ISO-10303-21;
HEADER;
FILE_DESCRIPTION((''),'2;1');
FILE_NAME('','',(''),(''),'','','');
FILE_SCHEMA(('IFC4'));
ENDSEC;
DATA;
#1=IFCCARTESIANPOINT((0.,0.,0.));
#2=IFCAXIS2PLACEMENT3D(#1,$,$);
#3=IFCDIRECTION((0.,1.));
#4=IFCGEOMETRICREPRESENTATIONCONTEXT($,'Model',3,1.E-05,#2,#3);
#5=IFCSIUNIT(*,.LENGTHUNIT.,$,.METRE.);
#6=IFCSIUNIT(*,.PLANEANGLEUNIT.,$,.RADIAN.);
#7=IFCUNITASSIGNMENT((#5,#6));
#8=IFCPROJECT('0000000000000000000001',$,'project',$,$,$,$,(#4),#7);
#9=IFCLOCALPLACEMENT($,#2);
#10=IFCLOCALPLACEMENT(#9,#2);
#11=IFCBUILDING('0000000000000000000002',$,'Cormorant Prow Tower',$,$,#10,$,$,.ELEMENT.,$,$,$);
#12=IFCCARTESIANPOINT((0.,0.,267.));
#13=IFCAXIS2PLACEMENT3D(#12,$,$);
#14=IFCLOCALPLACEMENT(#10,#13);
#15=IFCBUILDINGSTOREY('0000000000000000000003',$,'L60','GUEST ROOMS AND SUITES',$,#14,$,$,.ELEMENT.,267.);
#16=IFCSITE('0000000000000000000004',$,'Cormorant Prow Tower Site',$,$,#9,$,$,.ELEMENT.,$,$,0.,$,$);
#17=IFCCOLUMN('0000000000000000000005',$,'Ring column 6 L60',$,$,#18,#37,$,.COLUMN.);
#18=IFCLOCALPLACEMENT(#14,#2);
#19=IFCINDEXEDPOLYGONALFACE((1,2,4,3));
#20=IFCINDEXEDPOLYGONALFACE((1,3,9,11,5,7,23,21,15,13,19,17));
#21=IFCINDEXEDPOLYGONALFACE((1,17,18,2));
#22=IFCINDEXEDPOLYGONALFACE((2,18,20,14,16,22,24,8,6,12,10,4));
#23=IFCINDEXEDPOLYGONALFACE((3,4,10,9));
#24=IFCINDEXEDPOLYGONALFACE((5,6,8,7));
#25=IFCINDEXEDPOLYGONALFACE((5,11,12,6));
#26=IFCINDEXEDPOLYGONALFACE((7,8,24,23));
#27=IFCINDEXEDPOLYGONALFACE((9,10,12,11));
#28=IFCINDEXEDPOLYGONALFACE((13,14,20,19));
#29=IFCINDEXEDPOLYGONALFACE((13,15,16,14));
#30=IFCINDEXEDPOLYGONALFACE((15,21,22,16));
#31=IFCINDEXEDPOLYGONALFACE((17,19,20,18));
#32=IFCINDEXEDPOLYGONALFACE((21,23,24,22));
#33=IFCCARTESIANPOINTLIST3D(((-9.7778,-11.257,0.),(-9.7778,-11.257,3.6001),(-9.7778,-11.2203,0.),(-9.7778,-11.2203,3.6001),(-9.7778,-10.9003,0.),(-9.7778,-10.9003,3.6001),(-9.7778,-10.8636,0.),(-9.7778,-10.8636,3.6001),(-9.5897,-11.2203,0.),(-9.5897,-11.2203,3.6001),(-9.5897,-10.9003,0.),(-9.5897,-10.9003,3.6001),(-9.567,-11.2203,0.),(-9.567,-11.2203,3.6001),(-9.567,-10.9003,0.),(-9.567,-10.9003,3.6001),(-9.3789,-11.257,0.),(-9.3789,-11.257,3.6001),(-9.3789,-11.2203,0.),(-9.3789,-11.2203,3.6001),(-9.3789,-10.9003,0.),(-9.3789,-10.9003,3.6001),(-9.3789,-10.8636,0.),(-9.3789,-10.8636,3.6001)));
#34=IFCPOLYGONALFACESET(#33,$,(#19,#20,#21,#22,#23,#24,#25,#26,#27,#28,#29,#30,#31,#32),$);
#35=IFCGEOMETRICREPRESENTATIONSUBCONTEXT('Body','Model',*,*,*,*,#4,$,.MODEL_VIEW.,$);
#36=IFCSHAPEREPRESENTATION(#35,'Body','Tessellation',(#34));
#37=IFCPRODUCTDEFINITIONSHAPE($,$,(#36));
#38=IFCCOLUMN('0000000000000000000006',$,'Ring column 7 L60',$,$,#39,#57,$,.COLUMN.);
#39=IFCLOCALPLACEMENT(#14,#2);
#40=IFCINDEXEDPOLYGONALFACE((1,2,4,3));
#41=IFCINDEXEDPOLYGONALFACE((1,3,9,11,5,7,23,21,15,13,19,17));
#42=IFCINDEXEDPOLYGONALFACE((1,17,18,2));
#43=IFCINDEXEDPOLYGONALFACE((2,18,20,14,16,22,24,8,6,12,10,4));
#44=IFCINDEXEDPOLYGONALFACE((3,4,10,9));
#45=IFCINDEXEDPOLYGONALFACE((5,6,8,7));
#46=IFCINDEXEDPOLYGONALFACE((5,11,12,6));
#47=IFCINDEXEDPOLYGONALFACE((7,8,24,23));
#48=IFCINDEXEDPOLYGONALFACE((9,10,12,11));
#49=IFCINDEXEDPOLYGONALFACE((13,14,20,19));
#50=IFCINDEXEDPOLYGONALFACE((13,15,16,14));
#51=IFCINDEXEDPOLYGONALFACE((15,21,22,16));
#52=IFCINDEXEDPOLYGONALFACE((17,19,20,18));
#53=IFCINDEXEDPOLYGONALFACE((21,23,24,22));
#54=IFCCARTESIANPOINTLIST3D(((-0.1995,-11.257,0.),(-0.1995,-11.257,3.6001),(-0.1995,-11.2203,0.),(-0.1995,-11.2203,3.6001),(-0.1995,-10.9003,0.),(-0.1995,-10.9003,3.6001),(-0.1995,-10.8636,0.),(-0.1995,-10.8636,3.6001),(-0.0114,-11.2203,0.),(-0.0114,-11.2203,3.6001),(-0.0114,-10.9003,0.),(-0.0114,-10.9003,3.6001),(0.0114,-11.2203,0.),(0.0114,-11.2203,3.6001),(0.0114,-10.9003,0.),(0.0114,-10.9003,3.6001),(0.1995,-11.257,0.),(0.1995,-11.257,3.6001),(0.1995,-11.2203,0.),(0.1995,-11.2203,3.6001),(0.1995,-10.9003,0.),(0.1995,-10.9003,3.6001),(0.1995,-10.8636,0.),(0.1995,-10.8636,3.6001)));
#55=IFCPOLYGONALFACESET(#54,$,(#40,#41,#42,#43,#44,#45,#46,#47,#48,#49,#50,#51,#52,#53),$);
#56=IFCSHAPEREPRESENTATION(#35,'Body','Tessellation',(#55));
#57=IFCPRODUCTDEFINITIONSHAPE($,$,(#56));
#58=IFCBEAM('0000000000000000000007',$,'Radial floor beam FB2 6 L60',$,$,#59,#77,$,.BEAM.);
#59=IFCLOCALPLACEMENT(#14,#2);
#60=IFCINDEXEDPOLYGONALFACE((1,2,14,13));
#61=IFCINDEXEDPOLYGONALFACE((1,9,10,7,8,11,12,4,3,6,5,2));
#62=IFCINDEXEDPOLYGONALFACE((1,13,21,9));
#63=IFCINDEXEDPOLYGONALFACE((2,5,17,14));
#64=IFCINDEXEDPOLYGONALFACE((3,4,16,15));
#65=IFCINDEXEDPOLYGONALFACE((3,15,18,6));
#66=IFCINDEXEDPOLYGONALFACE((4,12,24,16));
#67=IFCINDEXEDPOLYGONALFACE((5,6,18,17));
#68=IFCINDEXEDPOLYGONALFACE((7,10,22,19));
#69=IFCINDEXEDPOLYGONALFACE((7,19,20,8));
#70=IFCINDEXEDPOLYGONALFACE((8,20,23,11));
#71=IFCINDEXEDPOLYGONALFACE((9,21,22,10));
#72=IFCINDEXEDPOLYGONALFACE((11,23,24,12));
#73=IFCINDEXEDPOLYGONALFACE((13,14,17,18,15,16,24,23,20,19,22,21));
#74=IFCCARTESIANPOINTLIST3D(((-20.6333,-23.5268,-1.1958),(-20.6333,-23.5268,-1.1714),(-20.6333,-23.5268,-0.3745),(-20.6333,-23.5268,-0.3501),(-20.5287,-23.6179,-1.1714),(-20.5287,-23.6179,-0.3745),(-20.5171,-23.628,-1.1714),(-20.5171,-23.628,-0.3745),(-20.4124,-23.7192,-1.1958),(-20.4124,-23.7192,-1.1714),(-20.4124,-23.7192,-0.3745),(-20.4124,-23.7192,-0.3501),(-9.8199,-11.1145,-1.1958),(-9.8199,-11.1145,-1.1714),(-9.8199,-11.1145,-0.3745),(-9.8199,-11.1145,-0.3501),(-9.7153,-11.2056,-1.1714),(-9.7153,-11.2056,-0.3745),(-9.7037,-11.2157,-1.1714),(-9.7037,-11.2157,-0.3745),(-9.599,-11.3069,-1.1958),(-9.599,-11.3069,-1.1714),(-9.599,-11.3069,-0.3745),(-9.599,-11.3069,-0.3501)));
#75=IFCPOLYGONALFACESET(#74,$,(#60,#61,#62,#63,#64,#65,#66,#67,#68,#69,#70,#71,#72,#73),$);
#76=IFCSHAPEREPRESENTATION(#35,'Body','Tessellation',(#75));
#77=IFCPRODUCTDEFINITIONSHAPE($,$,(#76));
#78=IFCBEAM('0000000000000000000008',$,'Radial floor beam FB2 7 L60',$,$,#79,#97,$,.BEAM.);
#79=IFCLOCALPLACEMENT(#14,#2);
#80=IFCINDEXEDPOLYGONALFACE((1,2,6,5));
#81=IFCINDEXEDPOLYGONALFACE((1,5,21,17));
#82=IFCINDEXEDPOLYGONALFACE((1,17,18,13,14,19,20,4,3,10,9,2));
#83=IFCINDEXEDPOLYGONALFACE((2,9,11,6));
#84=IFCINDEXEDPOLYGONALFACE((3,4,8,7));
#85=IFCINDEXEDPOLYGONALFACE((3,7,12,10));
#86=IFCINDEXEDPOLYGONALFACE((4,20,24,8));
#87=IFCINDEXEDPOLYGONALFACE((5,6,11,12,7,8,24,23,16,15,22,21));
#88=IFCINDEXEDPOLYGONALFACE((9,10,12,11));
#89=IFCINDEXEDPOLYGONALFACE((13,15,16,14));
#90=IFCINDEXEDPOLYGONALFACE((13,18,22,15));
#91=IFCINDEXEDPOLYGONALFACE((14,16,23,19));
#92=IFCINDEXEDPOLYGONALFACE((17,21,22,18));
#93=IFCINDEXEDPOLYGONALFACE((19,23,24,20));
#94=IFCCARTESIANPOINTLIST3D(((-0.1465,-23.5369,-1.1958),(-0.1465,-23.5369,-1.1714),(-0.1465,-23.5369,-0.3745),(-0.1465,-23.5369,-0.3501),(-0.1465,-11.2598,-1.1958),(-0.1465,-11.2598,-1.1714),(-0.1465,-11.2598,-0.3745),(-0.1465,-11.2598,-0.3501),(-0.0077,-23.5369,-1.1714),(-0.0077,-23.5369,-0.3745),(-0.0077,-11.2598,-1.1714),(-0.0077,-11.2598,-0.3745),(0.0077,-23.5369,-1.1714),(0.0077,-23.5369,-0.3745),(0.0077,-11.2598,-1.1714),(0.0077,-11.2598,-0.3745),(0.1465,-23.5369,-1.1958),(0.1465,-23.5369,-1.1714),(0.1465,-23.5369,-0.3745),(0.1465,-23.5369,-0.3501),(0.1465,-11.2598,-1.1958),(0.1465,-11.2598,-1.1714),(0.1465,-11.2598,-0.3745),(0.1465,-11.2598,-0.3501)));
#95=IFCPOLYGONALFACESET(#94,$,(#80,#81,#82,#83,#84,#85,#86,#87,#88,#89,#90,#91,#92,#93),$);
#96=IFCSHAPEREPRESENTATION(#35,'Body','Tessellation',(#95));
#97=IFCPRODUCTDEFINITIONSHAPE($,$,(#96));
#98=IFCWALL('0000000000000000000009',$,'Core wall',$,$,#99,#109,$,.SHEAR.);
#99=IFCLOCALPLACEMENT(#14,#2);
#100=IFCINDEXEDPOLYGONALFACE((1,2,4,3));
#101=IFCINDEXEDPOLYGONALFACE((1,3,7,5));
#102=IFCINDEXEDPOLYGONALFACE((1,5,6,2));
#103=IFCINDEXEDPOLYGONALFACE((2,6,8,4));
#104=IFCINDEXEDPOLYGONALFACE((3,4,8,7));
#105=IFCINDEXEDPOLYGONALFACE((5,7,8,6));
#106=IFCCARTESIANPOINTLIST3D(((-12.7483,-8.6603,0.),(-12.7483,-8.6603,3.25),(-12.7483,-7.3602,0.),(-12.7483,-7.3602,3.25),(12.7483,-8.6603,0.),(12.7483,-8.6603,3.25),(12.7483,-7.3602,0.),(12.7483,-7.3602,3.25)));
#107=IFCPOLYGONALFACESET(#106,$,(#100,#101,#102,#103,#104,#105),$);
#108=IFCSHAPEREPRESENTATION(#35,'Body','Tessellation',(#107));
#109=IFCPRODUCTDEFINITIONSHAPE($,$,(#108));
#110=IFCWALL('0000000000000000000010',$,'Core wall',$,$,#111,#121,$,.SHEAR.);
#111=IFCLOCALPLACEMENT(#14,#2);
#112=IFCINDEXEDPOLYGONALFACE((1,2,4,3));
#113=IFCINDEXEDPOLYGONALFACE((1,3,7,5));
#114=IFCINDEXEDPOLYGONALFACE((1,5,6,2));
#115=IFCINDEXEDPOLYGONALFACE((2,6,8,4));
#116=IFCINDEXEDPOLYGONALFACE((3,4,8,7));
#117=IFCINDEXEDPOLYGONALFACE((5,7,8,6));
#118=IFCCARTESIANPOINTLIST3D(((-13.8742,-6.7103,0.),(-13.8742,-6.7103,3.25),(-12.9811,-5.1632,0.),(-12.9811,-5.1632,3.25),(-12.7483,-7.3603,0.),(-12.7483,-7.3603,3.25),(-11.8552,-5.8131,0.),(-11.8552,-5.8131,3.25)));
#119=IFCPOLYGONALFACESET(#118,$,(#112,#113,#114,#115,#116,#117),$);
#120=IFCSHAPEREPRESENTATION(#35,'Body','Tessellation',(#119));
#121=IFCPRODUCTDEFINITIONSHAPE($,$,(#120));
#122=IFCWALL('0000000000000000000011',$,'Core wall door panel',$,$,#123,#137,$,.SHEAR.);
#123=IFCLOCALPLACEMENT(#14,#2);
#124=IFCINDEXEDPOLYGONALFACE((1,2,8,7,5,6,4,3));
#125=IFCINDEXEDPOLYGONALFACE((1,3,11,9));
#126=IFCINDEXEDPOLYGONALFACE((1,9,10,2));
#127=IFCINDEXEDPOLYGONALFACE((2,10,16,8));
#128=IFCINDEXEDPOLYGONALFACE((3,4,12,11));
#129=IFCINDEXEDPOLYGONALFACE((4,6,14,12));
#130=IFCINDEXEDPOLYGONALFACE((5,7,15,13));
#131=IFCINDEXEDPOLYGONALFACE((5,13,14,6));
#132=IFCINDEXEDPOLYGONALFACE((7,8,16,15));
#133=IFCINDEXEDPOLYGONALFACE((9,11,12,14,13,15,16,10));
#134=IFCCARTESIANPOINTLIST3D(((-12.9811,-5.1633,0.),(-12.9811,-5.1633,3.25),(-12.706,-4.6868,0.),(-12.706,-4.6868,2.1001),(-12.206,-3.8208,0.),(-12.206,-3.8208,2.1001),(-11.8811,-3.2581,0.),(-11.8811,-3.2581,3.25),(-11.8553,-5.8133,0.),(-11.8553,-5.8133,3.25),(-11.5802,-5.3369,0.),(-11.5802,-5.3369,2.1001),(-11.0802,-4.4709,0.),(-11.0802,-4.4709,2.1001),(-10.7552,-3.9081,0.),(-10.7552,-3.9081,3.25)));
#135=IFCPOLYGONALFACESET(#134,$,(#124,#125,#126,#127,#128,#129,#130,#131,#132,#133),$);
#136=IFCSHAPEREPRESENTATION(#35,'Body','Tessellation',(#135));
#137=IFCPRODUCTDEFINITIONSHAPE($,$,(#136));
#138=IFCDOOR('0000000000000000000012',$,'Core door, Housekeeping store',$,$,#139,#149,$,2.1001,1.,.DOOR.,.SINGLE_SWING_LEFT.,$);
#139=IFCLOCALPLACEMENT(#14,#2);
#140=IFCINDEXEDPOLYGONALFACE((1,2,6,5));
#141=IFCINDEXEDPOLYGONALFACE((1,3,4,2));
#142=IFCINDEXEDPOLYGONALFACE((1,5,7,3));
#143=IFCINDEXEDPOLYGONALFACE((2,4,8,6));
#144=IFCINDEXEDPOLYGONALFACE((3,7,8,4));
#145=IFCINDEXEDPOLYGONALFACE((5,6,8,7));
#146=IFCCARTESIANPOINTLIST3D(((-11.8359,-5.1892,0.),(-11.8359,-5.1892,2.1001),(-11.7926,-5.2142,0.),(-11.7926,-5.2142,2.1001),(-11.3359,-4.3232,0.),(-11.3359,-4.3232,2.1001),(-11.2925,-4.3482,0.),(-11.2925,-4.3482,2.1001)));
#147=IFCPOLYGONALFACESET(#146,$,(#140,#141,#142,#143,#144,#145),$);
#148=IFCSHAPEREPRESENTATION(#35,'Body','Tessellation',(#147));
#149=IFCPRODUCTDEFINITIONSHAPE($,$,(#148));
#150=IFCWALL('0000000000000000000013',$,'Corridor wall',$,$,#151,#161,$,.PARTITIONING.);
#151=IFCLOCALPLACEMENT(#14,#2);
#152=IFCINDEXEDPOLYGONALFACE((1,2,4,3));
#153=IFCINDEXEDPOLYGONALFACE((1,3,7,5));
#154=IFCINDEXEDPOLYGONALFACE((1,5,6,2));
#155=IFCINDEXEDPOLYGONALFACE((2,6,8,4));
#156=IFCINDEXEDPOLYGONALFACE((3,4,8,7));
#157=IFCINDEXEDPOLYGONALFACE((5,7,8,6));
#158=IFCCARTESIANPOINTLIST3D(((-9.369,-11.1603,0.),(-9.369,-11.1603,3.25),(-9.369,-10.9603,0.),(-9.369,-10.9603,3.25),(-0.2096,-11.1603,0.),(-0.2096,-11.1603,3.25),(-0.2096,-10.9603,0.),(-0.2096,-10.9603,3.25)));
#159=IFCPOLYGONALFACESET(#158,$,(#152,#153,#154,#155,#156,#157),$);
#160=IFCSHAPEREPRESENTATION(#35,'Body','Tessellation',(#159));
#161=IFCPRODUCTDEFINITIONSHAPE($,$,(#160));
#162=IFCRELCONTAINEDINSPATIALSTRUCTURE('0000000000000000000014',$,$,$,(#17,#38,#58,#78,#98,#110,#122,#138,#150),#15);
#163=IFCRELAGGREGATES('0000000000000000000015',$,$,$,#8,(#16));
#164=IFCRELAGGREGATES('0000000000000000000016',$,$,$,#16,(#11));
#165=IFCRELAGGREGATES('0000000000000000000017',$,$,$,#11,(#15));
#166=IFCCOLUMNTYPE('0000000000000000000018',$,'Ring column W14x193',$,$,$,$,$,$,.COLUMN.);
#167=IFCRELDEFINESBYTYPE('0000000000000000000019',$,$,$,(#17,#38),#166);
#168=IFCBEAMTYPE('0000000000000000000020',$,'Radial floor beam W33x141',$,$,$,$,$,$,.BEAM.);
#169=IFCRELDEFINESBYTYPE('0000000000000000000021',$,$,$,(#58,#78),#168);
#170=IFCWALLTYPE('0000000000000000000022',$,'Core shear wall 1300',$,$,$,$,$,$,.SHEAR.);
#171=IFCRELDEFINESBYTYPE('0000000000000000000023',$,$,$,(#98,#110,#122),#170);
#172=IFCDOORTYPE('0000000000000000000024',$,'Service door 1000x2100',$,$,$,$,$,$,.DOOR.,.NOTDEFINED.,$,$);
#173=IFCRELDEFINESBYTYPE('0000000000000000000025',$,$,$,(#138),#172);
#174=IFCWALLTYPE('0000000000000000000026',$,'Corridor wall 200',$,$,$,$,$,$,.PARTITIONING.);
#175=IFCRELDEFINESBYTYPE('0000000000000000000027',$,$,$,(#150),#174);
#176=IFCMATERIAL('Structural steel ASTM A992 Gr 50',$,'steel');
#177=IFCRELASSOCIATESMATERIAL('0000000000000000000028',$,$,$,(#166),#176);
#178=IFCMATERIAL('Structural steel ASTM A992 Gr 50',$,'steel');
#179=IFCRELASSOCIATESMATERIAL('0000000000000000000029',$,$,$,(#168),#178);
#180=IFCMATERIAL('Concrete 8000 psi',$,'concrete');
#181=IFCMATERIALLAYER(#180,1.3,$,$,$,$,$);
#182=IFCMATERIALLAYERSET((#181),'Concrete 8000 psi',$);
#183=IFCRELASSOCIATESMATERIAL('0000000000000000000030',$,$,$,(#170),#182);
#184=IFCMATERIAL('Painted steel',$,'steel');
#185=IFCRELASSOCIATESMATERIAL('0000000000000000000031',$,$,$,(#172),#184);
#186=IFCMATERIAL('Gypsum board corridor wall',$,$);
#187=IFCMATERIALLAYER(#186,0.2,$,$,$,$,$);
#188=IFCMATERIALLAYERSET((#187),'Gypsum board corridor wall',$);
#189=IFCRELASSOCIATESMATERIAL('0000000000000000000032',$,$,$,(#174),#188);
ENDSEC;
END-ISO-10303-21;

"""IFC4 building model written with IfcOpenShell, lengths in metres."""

from ifc_helpers import new_model, si_unit, direction, frame, frame_2d, origin, origin_2d, place, context, subcontext, project, spatial, rectangle, i_section, extrude, material, layer, layer_set, material_profile, profile_set, type_object, element, fill, save


model = new_model("IFC4")

# Units and contexts
model_context = context("Model", 3, precision=1e-05, world=origin(), true_north=direction((0.0, 1.0)))
body_context = subcontext(model_context, "Body", "Model", "MODEL_VIEW")
ifc_project = project(units=[si_unit("LENGTHUNIT", "METRE"), si_unit("PLANEANGLEUNIT", "RADIAN")], contexts=[model_context])

# Site, building, storey
site_placement = place(None, origin())
site = spatial("IfcSite", under=ifc_project, at=site_placement, Name="Cormorant Prow Tower Site", CompositionType="ELEMENT", RefElevation=0.0)
building_placement = place(site_placement, origin())
building = spatial("IfcBuilding", under=site, at=building_placement, Name="Cormorant Prow Tower", CompositionType="ELEMENT")
storey_placement = place(building_placement, frame((0.0, 0.0, 267.0)))
storey = spatial("IfcBuildingStorey", under=building, at=storey_placement, Name="L60", Description="GUEST ROOMS AND SUITES", CompositionType="ELEMENT", Elevation=267.0)

# Columns
ifc_material_1 = material(Name="Structural steel ASTM A992 Gr 50", Category="steel")
ifc_material_profile_1 = material_profile(ifc_material_1, i_section(OverallWidth=0.3989, OverallDepth=0.3933, WebThickness=0.0227, FlangeThickness=0.0366, at=origin_2d()), Name="W14x193")
ifc_profile_set_1 = profile_set([ifc_material_profile_1], Name="Structural steel ASTM A992 Gr 50")
column_type = type_object("IfcColumnType", Name="Ring column W14x193", PredefinedType="COLUMN", material=ifc_profile_set_1)
for number, where, z_axis, x_axis, name in (
    (1, (-9.5784, -11.0603, 0.0), (0.0, 0.0, 1.0), (1.0, 0.0, 0.0), "Ring column 6 L60"),
    (2, (0.0, -11.0603, 0.0), (0.0, 0.0, 1.0), (1.0, 0.0, 0.0), "Ring column 7 L60"),
):
    element("IfcColumn", number, at=place(storey_placement, frame(where, z_axis=z_axis, x_axis=x_axis)), inside=storey, type_object=column_type, Name=name, PredefinedType="COLUMN", context=body_context, shape_type="SweptSolid", body=[
        extrude(i_section(OverallWidth=0.3989, OverallDepth=0.3933, WebThickness=0.0227, FlangeThickness=0.0366, at=origin_2d()), origin(), (0.0, 0.0, 1.0), 3.6001),
    ])

# Beams
ifc_material_2 = material(Name="Structural steel ASTM A992 Gr 50", Category="steel")
ifc_material_profile_2 = material_profile(ifc_material_2, i_section(OverallWidth=0.293, OverallDepth=0.8457, WebThickness=0.0154, FlangeThickness=0.0244, at=origin_2d()), Name="W33x141")
ifc_profile_set_2 = profile_set([ifc_material_profile_2], Name="Structural steel ASTM A992 Gr 50")
beam_type = type_object("IfcBeamType", Name="Radial floor beam W33x141", PredefinedType="BEAM", material=ifc_profile_set_2)
beam_1_placement = place(storey_placement, frame((-9.7095, -11.2107, -0.7729), z_axis=(-0.656875, -0.754, 0.0), x_axis=(0.754, -0.656875, 0.0)))
element("IfcBeam", 3, at=beam_1_placement, inside=storey, type_object=beam_type, Name="Radial floor beam FB2 6 L60", PredefinedType="BEAM", context=body_context, shape_type="SweptSolid", body=[
    extrude(i_section(OverallWidth=0.293, OverallDepth=0.8457, WebThickness=0.0154, FlangeThickness=0.0244, at=origin_2d()), origin(), (0.0, 0.0, 1.0), 16.4619),
])
beam_2_placement = place(storey_placement, frame((0.0, -11.2598, -0.7729), z_axis=(0.0, -1.0, 0.0), x_axis=(1.0, 0.0, 0.0)))
element("IfcBeam", 4, at=beam_2_placement, inside=storey, type_object=beam_type, Name="Radial floor beam FB2 7 L60", PredefinedType="BEAM", context=body_context, shape_type="SweptSolid", body=[
    extrude(i_section(OverallWidth=0.293, OverallDepth=0.8457, WebThickness=0.0154, FlangeThickness=0.0244, at=origin_2d()), origin(), (0.0, 0.0, 1.0), 12.2771),
])

# Walls
ifc_material_3 = material(Name="Concrete 8000 psi", Category="concrete")
ifc_layer_1 = layer(ifc_material_3, 1.3)
ifc_layer_set_1 = layer_set([ifc_layer_1], Name="Concrete 8000 psi")
wall_type_1 = type_object("IfcWallType", Name="Core shear wall 1300", PredefinedType="SHEAR", material=ifc_layer_set_1)
wall_1_placement = place(storey_placement, frame((-12.7483, -8.0103, 0.0), z_axis=(0.0, 0.0, 1.0), x_axis=(1.0, 0.0, 0.0)))
element("IfcWall", 5, at=wall_1_placement, inside=storey, type_object=wall_type_1, Name="Core wall", PredefinedType="SHEAR", context=body_context, shape_type="SweptSolid", body=[
    extrude(rectangle(XDim=25.4966, YDim=1.3, at=frame_2d((12.7483, 0.0))), origin(), (0.0, 0.0, 1.0), 3.25),
])
wall_2_placement = place(storey_placement, frame((-12.4182, -5.4883, 0.0), z_axis=(0.0, 0.0, 1.0), x_axis=(-0.499931, -0.866065, 0.0)))
element("IfcWall", 6, at=wall_2_placement, inside=storey, type_object=wall_type_1, Name="Core wall", PredefinedType="SHEAR", context=body_context, shape_type="SweptSolid", body=[
    extrude(rectangle(XDim=1.7864, YDim=1.3, at=frame_2d((0.8931, 0.0))), origin(), (0.0, 0.0, 1.0), 3.25),
])

# Wall, opening, door
wall_3_placement = place(storey_placement, frame((-11.3181, -3.583, 0.0), z_axis=(0.0, 0.0, 1.0), x_axis=(-0.50003, -0.866008, 0.0)))
wall_3 = element("IfcWall", 7, at=wall_3_placement, inside=storey, type_object=wall_type_1, Name="Core wall door panel", PredefinedType="SHEAR", context=body_context, shape_type="SweptSolid", body=[
    extrude(rectangle(XDim=2.2, YDim=1.3, at=frame_2d((1.1001, 0.0))), origin(), (0.0, 0.0, 1.0), 3.25),
])
opening_1_placement = place(wall_3_placement, frame((0.6499, 0.0, 0.0)))
opening_1 = element("IfcOpeningElement", 8, at=opening_1_placement, cuts=wall_3, PredefinedType="OPENING", context=body_context, shape_type="SweptSolid", body=[
    extrude(rectangle(XDim=1.0, YDim=2.1001, at=frame_2d((0.5, 1.05))), frame((0.0, 0.6599, 0.0), z_axis=(0.0, -1.0, 0.0), x_axis=(1.0, 0.0, 0.0)), (0.0, 0.0, 1.0), 1.3201),
])
ifc_material_4 = material(Name="Painted steel", Category="steel")
door_type_1 = type_object("IfcDoorType", Name="Service door 1000x2100", OperationType="NOTDEFINED", PredefinedType="DOOR", material=ifc_material_4)
door_1_placement = place(opening_1_placement, origin())
door_1 = element("IfcDoor", 9, at=door_1_placement, inside=storey, type_object=door_type_1, Name="Core door, Housekeeping store", OperationType="SINGLE_SWING_LEFT", OverallHeight=2.1001, OverallWidth=1.0, PredefinedType="DOOR", context=body_context, shape_type="SweptSolid", body=[
    extrude(rectangle(XDim=1.0, YDim=2.1001, at=frame_2d((0.5, 1.05))), frame((0.0, 0.4048, 0.0), z_axis=(0.0, -1.0, 0.0), x_axis=(1.0, 0.0, 0.0)), (0.0, 0.0, 1.0), 0.05),
])
fill(opening_1, door_1)

# Wall
ifc_material_5 = material(Name="Gypsum board corridor wall")
ifc_layer_2 = layer(ifc_material_5, 0.2)
ifc_layer_set_2 = layer_set([ifc_layer_2], Name="Gypsum board corridor wall")
wall_type_2 = type_object("IfcWallType", Name="Corridor wall 200", PredefinedType="PARTITIONING", material=ifc_layer_set_2)
wall_4_placement = place(storey_placement, frame((-9.3689, -11.0603, 0.0), z_axis=(0.0, 0.0, 1.0), x_axis=(1.0, 0.0, 0.0)))
element("IfcWall", 10, at=wall_4_placement, inside=storey, type_object=wall_type_2, Name="Corridor wall", PredefinedType="PARTITIONING", context=body_context, shape_type="SweptSolid", body=[
    extrude(rectangle(XDim=9.1594, YDim=0.2, at=frame_2d((4.5796, 0.0))), origin(), (0.0, 0.0, 1.0), 3.25),
])

save(model, "model.ifc")
